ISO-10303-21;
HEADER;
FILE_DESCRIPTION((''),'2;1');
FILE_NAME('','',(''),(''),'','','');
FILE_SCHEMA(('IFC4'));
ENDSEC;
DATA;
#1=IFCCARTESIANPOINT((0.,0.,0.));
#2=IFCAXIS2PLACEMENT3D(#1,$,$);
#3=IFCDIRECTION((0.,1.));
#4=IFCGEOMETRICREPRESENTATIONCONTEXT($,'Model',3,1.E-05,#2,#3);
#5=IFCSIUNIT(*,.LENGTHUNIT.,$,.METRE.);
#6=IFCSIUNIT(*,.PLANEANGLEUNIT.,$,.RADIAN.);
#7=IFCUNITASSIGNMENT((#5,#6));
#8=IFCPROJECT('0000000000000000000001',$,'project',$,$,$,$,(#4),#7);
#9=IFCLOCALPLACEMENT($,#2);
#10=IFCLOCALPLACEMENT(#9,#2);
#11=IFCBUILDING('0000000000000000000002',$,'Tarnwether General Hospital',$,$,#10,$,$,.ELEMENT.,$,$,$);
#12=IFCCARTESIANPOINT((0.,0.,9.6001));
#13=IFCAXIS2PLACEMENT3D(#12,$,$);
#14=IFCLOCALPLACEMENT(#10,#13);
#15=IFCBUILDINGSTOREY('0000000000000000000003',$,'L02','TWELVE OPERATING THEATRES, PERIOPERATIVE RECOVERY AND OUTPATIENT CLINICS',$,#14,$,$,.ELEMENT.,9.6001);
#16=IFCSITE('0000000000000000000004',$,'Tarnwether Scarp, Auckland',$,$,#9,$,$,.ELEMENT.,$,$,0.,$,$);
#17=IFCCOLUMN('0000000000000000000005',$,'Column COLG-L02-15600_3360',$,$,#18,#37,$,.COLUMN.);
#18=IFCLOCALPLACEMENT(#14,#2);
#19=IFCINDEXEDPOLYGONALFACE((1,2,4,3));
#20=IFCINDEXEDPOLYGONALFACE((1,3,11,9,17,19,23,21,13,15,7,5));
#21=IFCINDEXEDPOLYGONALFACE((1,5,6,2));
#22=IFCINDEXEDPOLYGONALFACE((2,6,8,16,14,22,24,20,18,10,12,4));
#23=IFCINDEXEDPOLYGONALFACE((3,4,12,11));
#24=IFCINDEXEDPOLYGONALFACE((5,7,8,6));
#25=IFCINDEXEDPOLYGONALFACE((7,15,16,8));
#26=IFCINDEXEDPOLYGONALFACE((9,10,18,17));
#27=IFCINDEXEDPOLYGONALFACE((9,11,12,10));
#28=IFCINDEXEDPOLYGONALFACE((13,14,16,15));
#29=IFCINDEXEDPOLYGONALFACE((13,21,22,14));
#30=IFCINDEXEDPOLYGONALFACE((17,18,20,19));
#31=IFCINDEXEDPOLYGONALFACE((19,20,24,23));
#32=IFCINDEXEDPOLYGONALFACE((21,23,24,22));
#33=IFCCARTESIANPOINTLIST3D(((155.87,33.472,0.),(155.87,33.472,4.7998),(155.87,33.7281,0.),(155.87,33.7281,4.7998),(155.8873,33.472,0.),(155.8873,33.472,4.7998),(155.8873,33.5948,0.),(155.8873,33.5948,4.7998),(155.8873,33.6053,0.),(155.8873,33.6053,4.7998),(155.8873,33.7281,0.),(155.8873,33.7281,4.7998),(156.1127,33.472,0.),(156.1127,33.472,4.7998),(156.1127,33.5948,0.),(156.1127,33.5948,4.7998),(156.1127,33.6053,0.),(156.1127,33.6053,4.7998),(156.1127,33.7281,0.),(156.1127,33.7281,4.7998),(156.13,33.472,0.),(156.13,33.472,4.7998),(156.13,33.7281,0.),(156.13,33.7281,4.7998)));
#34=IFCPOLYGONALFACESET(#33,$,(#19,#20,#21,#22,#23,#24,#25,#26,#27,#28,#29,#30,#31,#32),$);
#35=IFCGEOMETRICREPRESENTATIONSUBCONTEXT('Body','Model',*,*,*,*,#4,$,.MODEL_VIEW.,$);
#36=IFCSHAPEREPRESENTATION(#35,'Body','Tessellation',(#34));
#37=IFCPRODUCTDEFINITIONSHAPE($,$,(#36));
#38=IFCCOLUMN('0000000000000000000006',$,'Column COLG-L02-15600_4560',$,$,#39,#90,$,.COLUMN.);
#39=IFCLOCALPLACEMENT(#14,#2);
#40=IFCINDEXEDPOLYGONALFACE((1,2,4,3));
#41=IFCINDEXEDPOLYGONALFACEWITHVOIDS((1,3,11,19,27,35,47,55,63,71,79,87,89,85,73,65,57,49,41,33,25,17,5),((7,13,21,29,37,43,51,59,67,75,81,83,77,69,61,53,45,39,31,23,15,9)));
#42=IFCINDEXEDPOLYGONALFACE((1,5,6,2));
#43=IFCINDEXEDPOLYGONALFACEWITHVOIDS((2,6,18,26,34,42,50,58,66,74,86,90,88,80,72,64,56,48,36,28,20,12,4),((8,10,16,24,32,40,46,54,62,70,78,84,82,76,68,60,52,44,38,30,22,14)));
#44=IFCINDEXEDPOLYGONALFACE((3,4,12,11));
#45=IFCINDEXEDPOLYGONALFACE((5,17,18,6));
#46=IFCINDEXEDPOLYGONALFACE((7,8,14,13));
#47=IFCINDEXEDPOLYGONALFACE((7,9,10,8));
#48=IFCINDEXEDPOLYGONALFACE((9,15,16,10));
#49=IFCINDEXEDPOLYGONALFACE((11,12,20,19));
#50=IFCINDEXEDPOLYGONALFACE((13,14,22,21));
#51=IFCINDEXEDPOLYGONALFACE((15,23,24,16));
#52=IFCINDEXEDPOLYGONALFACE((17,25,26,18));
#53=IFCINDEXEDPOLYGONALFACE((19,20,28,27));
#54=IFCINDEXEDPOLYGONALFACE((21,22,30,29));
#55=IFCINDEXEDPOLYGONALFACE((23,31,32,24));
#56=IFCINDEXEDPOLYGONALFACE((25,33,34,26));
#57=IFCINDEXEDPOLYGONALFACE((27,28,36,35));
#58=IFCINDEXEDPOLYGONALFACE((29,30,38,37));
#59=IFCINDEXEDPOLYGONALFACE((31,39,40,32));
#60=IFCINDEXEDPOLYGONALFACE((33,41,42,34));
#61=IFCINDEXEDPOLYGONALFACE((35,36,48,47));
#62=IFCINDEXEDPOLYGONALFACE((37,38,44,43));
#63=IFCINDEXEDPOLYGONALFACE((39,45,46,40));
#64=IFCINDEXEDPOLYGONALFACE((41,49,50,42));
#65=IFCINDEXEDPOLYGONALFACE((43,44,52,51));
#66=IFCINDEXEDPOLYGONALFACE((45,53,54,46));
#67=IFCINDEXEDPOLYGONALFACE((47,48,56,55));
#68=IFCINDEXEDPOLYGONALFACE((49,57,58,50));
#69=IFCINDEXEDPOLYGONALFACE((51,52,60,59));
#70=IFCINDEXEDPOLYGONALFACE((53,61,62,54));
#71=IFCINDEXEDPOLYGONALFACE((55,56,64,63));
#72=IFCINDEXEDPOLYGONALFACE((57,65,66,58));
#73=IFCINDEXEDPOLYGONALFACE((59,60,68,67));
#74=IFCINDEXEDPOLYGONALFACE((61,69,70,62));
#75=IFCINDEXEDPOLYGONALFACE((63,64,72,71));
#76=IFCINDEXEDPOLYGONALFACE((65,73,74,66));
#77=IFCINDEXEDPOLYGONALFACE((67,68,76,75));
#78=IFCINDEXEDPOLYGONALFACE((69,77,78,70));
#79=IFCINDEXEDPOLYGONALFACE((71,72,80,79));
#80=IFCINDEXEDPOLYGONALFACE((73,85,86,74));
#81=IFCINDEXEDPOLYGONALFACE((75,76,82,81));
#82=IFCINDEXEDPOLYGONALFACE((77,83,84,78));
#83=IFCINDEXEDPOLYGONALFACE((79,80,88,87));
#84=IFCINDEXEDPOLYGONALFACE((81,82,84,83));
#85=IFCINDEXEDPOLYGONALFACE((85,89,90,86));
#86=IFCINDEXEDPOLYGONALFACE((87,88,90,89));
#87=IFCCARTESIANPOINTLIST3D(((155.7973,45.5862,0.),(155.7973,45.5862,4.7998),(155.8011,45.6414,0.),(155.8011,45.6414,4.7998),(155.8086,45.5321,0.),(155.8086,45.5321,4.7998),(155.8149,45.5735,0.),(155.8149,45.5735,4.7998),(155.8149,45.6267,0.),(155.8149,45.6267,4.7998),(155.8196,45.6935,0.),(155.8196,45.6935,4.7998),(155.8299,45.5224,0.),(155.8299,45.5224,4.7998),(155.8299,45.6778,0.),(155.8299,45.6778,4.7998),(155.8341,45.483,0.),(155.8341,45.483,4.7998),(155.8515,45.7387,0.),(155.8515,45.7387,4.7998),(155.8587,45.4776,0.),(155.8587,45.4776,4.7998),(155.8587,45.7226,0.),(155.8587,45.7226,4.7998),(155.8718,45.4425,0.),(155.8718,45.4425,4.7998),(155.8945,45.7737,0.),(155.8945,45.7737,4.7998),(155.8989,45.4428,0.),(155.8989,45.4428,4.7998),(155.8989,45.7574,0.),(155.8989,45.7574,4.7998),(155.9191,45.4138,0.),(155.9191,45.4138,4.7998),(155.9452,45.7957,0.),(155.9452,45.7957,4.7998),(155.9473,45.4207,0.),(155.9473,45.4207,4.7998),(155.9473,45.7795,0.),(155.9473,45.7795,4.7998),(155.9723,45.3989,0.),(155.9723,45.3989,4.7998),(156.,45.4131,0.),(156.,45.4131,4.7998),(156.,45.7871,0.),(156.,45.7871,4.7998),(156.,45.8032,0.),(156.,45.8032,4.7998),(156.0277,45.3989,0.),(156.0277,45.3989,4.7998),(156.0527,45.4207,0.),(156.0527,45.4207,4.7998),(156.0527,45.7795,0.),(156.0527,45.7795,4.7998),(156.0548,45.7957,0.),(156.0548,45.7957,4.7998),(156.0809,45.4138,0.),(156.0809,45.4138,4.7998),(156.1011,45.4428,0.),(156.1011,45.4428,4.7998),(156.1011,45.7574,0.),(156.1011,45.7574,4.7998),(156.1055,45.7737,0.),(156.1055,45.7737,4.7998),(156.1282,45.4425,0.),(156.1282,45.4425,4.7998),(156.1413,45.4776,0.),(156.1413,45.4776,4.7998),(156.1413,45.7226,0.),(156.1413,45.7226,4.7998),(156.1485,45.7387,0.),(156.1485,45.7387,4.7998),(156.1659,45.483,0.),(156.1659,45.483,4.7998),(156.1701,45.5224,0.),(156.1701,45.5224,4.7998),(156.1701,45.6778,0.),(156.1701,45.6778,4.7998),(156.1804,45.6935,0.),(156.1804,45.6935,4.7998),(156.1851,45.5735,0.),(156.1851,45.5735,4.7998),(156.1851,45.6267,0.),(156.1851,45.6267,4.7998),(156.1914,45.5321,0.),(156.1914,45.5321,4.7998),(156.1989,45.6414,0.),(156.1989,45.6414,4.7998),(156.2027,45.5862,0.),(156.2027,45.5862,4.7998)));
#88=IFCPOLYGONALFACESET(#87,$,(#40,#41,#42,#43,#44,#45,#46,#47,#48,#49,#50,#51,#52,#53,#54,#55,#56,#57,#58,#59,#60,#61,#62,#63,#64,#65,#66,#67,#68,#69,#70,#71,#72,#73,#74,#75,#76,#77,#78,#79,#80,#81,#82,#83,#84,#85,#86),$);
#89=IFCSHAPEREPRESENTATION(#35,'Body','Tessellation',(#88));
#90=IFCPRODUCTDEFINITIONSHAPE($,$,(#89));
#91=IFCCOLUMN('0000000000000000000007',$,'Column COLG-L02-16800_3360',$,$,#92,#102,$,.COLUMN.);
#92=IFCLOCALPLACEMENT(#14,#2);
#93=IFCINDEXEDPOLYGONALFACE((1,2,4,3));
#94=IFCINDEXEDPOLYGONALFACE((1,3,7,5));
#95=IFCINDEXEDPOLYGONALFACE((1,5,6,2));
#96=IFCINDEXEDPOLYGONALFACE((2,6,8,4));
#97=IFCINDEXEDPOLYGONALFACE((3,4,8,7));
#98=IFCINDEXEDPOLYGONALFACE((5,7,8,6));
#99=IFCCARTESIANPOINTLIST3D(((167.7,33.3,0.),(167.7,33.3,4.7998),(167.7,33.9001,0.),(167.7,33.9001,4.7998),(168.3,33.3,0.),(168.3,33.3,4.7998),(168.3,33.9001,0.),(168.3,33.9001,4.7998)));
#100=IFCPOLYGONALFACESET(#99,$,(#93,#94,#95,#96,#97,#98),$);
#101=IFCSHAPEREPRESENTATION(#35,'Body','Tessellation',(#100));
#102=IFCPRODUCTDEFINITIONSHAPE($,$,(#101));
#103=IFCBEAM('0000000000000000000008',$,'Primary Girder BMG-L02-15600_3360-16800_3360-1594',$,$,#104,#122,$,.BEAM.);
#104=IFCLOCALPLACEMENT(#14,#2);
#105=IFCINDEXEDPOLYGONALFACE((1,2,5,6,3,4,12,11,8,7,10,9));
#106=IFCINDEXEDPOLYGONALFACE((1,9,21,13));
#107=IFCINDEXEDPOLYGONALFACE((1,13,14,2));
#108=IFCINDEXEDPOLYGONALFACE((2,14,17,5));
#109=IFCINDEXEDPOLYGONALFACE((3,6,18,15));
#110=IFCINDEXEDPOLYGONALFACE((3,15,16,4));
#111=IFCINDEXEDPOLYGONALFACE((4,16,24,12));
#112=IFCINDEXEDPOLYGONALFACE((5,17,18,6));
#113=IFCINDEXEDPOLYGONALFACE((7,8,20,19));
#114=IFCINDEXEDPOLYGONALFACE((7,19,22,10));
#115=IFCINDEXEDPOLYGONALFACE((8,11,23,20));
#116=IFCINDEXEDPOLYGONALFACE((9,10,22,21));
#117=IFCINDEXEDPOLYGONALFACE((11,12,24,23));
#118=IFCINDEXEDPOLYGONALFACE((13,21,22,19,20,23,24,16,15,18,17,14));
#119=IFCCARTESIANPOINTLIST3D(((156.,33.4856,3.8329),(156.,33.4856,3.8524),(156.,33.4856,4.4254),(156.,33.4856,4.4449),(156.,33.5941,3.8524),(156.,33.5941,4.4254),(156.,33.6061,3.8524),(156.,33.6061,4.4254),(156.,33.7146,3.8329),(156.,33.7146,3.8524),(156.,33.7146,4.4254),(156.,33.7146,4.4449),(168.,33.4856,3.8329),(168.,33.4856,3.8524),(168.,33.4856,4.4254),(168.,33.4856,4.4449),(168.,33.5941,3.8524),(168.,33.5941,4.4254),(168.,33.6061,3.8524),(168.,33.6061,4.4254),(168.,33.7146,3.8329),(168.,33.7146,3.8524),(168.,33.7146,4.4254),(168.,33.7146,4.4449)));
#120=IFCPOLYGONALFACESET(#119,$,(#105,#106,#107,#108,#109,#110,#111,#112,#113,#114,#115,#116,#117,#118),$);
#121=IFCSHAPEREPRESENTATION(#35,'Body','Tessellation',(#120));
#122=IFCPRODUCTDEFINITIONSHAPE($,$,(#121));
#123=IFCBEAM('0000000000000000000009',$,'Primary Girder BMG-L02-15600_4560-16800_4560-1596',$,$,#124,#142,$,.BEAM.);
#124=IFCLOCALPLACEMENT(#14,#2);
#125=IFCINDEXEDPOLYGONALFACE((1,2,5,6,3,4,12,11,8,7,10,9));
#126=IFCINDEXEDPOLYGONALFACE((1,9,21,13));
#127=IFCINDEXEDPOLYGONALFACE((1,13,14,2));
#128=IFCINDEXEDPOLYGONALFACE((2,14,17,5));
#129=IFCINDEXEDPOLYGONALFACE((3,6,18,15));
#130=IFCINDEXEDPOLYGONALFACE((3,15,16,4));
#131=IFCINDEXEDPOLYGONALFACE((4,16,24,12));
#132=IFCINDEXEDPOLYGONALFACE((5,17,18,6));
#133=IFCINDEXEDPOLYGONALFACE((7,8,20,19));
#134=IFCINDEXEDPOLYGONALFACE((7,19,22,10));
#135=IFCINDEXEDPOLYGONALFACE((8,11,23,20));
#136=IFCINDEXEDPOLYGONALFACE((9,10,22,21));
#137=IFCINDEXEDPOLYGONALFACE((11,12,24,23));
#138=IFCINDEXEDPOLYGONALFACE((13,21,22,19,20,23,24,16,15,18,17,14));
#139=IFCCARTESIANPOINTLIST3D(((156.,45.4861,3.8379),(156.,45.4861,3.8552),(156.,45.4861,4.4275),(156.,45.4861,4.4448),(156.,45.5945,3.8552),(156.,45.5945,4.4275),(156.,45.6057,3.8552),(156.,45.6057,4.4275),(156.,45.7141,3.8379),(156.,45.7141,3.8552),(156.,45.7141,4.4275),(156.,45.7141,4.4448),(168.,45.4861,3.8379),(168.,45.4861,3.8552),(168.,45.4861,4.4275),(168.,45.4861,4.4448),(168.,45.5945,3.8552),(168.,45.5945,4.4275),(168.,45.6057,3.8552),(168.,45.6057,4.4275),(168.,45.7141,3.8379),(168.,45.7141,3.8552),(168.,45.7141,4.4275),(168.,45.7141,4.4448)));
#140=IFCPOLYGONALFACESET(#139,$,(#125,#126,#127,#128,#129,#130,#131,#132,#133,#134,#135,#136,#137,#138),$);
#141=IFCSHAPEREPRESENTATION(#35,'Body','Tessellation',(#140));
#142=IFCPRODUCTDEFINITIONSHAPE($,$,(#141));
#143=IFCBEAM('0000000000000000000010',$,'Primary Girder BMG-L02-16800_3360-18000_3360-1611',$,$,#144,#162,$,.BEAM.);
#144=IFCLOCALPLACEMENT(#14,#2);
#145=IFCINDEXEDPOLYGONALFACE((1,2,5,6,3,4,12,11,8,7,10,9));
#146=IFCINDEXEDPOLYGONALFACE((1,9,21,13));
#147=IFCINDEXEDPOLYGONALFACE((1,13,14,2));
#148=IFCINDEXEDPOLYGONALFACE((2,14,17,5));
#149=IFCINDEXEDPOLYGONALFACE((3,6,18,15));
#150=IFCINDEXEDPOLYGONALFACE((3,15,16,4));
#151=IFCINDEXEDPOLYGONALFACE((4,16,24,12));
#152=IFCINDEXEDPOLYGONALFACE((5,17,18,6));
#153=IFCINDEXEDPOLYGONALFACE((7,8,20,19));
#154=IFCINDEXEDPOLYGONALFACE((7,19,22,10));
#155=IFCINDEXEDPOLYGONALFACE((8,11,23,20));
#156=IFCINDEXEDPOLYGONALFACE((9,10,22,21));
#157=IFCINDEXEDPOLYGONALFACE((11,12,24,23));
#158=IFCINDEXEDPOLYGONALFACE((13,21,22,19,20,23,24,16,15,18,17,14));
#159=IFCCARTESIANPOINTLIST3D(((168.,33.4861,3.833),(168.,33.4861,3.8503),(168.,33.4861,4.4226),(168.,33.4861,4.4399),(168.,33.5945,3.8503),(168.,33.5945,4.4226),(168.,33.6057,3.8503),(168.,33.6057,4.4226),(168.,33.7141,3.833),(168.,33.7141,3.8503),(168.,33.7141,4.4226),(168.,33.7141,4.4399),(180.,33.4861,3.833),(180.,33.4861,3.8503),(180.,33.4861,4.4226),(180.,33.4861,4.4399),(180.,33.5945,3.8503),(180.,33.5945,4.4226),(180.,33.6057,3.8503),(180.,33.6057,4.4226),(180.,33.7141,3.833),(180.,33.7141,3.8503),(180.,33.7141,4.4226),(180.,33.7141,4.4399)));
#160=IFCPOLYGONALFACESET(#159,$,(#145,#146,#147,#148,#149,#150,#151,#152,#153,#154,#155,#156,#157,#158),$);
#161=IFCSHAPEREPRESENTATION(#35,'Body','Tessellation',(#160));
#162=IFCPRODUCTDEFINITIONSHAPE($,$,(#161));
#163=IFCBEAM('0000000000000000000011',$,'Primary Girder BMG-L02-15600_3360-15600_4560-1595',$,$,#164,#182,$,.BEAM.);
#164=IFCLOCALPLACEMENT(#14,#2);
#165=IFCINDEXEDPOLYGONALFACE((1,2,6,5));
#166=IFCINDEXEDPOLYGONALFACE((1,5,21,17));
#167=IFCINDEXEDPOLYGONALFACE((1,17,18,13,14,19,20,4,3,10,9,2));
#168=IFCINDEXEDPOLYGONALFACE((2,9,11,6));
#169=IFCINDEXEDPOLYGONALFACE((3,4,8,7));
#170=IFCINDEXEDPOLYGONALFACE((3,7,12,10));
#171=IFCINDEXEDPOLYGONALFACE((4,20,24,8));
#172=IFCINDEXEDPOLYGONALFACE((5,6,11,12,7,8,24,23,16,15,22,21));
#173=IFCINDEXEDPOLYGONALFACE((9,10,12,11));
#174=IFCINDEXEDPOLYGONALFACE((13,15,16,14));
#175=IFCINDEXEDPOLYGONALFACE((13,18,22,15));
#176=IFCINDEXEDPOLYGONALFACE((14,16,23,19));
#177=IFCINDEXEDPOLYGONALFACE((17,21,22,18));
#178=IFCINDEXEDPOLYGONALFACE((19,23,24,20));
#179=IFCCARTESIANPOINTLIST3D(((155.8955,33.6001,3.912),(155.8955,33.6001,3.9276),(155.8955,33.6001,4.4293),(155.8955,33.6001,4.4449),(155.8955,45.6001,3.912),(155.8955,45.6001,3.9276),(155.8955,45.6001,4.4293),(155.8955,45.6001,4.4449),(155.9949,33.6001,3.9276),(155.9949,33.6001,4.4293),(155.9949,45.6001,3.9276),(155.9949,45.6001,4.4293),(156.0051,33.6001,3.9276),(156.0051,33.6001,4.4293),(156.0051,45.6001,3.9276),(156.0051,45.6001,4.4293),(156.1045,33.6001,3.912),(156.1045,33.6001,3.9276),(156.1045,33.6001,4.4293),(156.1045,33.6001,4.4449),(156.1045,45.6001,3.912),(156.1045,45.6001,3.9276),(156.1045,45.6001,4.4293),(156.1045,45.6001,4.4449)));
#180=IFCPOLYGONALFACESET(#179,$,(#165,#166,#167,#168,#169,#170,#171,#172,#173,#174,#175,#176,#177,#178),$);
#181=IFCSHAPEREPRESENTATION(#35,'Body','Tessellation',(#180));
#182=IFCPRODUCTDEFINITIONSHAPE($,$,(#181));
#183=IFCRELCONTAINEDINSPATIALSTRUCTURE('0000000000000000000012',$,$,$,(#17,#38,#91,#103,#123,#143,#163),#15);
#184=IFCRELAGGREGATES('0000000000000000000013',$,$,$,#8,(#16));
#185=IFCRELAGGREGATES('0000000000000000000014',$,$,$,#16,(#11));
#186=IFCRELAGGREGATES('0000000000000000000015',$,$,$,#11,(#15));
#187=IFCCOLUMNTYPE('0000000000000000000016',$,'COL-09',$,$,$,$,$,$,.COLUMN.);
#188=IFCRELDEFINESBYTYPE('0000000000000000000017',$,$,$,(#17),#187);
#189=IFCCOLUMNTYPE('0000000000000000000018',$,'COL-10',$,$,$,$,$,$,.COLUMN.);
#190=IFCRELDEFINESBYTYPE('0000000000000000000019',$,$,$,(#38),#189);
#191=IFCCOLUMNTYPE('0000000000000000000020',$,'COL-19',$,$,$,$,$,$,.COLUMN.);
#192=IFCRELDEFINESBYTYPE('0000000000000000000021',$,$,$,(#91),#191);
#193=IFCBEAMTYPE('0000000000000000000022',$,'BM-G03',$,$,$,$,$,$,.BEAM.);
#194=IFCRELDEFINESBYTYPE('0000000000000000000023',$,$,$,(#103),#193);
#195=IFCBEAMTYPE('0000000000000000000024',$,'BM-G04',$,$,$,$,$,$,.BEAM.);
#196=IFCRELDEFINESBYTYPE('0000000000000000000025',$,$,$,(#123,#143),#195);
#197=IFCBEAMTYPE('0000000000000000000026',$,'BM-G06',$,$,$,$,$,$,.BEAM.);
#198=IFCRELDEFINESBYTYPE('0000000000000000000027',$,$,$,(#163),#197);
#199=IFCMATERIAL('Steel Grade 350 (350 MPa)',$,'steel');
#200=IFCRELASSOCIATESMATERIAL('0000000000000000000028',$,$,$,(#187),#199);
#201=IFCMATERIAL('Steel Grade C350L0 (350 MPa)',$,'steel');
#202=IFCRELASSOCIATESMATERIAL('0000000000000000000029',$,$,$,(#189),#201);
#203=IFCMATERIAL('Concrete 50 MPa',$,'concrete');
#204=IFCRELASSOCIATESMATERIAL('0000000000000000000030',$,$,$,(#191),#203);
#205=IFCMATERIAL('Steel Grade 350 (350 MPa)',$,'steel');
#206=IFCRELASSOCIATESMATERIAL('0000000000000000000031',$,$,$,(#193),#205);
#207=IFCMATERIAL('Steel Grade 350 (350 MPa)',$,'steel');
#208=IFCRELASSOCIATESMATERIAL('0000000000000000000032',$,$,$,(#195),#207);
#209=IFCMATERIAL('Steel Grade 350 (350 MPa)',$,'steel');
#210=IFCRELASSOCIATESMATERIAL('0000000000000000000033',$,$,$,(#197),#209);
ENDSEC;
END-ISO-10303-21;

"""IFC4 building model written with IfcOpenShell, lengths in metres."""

from ifc_helpers import new_model, si_unit, direction, frame, origin, origin_2d, place, context, subcontext, project, spatial, rectangle, hollow_circle, i_section, extrude, material, material_profile, profile_set, type_object, element, save


model = new_model("IFC4")

# Units and contexts
model_context = context("Model", 3, precision=1e-05, world=origin(), true_north=direction((0.0, 1.0)))
body_context = subcontext(model_context, "Body", "Model", "MODEL_VIEW")
ifc_project = project(units=[si_unit("LENGTHUNIT", "METRE"), si_unit("PLANEANGLEUNIT", "RADIAN")], contexts=[model_context])

# Site, building, storey
site_placement = place(None, origin())
site = spatial("IfcSite", under=ifc_project, at=site_placement, Name="Tarnwether Scarp, Auckland", CompositionType="ELEMENT", RefElevation=0.0)
building_placement = place(site_placement, origin())
building = spatial("IfcBuilding", under=site, at=building_placement, Name="Tarnwether General Hospital", CompositionType="ELEMENT")
storey_placement = place(building_placement, frame((0.0, 0.0, 9.6001)))
storey = spatial("IfcBuildingStorey", under=building, at=storey_placement, Name="L02", Description="TWELVE OPERATING THEATRES, PERIOPERATIVE RECOVERY AND OUTPATIENT CLINICS", CompositionType="ELEMENT", Elevation=9.6001)

# Columns
ifc_material_1 = material(Name="Steel Grade 350 (350 MPa)", Category="steel")
ifc_material_profile_1 = material_profile(ifc_material_1, i_section(OverallWidth=0.2561, OverallDepth=0.26, WebThickness=0.0105, FlangeThickness=0.0173, at=origin_2d()), Name="250UC89.5")
ifc_profile_set_1 = profile_set([ifc_material_profile_1], Name="Steel Grade 350 (350 MPa)")
column_type_1 = type_object("IfcColumnType", Name="COL-09", PredefinedType="COLUMN", material=ifc_profile_set_1)
column_1_placement = place(storey_placement, frame((156.0, 33.6001, 0.0), z_axis=(0.0, 0.0, 1.0), x_axis=(0.0, 1.0, 0.0)))
element("IfcColumn", 1, at=column_1_placement, inside=storey, type_object=column_type_1, Name="Column COLG-L02-15600_3360", PredefinedType="COLUMN", context=body_context, shape_type="SweptSolid", body=[
    extrude(i_section(OverallWidth=0.2561, OverallDepth=0.26, WebThickness=0.0105, FlangeThickness=0.0173, at=origin_2d()), origin(), (0.0, 0.0, 1.0), 4.7998),
])
ifc_material_2 = material(Name="Steel Grade C350L0 (350 MPa)", Category="steel")
ifc_material_profile_2 = material_profile(ifc_material_2, hollow_circle(Radius=0.2031, WallThickness=0.0161, at=origin_2d()), Name="CHS406.4x16.0")
ifc_profile_set_2 = profile_set([ifc_material_profile_2], Name="Steel Grade C350L0 (350 MPa)")
column_type_2 = type_object("IfcColumnType", Name="COL-10", PredefinedType="COLUMN", material=ifc_profile_set_2)
column_2_placement = place(storey_placement, frame((156.0, 45.6001, 0.0), z_axis=(0.0, 0.0, 1.0), x_axis=(0.0, 1.0, 0.0)))
element("IfcColumn", 2, at=column_2_placement, inside=storey, type_object=column_type_2, Name="Column COLG-L02-15600_4560", PredefinedType="COLUMN", context=body_context, shape_type="SweptSolid", body=[
    extrude(hollow_circle(Radius=0.2031, WallThickness=0.0161, at=origin_2d()), origin(), (0.0, 0.0, 1.0), 4.7998),
])
ifc_material_3 = material(Name="Concrete 50 MPa", Category="concrete")
ifc_material_profile_3 = material_profile(ifc_material_3, rectangle(XDim=0.6001, YDim=0.6001, at=origin_2d()), Name="RC-COL-600x600")
ifc_profile_set_3 = profile_set([ifc_material_profile_3], Name="Concrete 50 MPa")
column_type_3 = type_object("IfcColumnType", Name="COL-19", PredefinedType="COLUMN", material=ifc_profile_set_3)
column_3_placement = place(storey_placement, frame((168.0, 33.6001, 0.0), z_axis=(0.0, 0.0, 1.0), x_axis=(1.0, 0.0, 0.0)))
element("IfcColumn", 3, at=column_3_placement, inside=storey, type_object=column_type_3, Name="Column COLG-L02-16800_3360", PredefinedType="COLUMN", context=body_context, shape_type="SweptSolid", body=[
    extrude(rectangle(XDim=0.6001, YDim=0.6001, at=origin_2d()), origin(), (0.0, 0.0, 1.0), 4.7998),
])

# Beams
ifc_material_4 = material(Name="Steel Grade 350 (350 MPa)", Category="steel")
ifc_material_profile_4 = material_profile(ifc_material_4, i_section(OverallWidth=0.229, OverallDepth=0.6121, WebThickness=0.012, FlangeThickness=0.0195, at=origin_2d()), Name="610UB125")
ifc_profile_set_4 = profile_set([ifc_material_profile_4], Name="Steel Grade 350 (350 MPa)")
beam_type_1 = type_object("IfcBeamType", Name="BM-G03", PredefinedType="BEAM", material=ifc_profile_set_4)
beam_1_placement = place(storey_placement, frame((156.0, 33.6001, 4.1389), z_axis=(1.0, 0.0, 0.0), x_axis=(0.0, 1.0, 0.0)))
element("IfcBeam", 4, at=beam_1_placement, inside=storey, type_object=beam_type_1, Name="Primary Girder BMG-L02-15600_3360-16800_3360-1594", PredefinedType="BEAM", context=body_context, shape_type="SweptSolid", body=[
    extrude(i_section(OverallWidth=0.229, OverallDepth=0.6121, WebThickness=0.012, FlangeThickness=0.0195, at=origin_2d()), origin(), (0.0, 0.0, 1.0), 12.0),
])
ifc_material_5 = material(Name="Steel Grade 350 (350 MPa)", Category="steel")
ifc_material_profile_5 = material_profile(ifc_material_5, i_section(OverallWidth=0.228, OverallDepth=0.6069, WebThickness=0.0112, FlangeThickness=0.0173, at=origin_2d()), Name="610UB113")
ifc_profile_set_5 = profile_set([ifc_material_profile_5], Name="Steel Grade 350 (350 MPa)")
beam_type_2 = type_object("IfcBeamType", Name="BM-G04", PredefinedType="BEAM", material=ifc_profile_set_5)
for number, where, z_axis, x_axis, name in (
    (5, (156.0, 45.6001, 4.1414), (1.0, 0.0, 0.0), (0.0, 1.0, 0.0), "Primary Girder BMG-L02-15600_4560-16800_4560-1596"),
    (6, (168.0, 33.6001, 4.1365), (1.0, 0.0, 0.0), (0.0, 1.0, 0.0), "Primary Girder BMG-L02-16800_3360-18000_3360-1611"),
):
    element("IfcBeam", number, at=place(storey_placement, frame(where, z_axis=z_axis, x_axis=x_axis)), inside=storey, type_object=beam_type_2, Name=name, PredefinedType="BEAM", context=body_context, shape_type="SweptSolid", body=[
        extrude(i_section(OverallWidth=0.228, OverallDepth=0.6069, WebThickness=0.0112, FlangeThickness=0.0173, at=origin_2d()), origin(), (0.0, 0.0, 1.0), 12.0),
    ])
ifc_material_6 = material(Name="Steel Grade 350 (350 MPa)", Category="steel")
ifc_material_profile_6 = material_profile(ifc_material_6, i_section(OverallWidth=0.209, OverallDepth=0.533, WebThickness=0.0103, FlangeThickness=0.0156, at=origin_2d()), Name="530UB92.4")
ifc_profile_set_6 = profile_set([ifc_material_profile_6], Name="Steel Grade 350 (350 MPa)")
beam_type_3 = type_object("IfcBeamType", Name="BM-G06", PredefinedType="BEAM", material=ifc_profile_set_6)
beam_2_placement = place(storey_placement, frame((156.0, 33.6001, 4.1785), z_axis=(0.0, 1.0, 0.0), x_axis=(-1.0, 0.0, 0.0)))
element("IfcBeam", 7, at=beam_2_placement, inside=storey, type_object=beam_type_3, Name="Primary Girder BMG-L02-15600_3360-15600_4560-1595", PredefinedType="BEAM", context=body_context, shape_type="SweptSolid", body=[
    extrude(i_section(OverallWidth=0.209, OverallDepth=0.533, WebThickness=0.0103, FlangeThickness=0.0156, at=origin_2d()), origin(), (0.0, 0.0, 1.0), 12.0),
])

save(model, "model.ifc")
